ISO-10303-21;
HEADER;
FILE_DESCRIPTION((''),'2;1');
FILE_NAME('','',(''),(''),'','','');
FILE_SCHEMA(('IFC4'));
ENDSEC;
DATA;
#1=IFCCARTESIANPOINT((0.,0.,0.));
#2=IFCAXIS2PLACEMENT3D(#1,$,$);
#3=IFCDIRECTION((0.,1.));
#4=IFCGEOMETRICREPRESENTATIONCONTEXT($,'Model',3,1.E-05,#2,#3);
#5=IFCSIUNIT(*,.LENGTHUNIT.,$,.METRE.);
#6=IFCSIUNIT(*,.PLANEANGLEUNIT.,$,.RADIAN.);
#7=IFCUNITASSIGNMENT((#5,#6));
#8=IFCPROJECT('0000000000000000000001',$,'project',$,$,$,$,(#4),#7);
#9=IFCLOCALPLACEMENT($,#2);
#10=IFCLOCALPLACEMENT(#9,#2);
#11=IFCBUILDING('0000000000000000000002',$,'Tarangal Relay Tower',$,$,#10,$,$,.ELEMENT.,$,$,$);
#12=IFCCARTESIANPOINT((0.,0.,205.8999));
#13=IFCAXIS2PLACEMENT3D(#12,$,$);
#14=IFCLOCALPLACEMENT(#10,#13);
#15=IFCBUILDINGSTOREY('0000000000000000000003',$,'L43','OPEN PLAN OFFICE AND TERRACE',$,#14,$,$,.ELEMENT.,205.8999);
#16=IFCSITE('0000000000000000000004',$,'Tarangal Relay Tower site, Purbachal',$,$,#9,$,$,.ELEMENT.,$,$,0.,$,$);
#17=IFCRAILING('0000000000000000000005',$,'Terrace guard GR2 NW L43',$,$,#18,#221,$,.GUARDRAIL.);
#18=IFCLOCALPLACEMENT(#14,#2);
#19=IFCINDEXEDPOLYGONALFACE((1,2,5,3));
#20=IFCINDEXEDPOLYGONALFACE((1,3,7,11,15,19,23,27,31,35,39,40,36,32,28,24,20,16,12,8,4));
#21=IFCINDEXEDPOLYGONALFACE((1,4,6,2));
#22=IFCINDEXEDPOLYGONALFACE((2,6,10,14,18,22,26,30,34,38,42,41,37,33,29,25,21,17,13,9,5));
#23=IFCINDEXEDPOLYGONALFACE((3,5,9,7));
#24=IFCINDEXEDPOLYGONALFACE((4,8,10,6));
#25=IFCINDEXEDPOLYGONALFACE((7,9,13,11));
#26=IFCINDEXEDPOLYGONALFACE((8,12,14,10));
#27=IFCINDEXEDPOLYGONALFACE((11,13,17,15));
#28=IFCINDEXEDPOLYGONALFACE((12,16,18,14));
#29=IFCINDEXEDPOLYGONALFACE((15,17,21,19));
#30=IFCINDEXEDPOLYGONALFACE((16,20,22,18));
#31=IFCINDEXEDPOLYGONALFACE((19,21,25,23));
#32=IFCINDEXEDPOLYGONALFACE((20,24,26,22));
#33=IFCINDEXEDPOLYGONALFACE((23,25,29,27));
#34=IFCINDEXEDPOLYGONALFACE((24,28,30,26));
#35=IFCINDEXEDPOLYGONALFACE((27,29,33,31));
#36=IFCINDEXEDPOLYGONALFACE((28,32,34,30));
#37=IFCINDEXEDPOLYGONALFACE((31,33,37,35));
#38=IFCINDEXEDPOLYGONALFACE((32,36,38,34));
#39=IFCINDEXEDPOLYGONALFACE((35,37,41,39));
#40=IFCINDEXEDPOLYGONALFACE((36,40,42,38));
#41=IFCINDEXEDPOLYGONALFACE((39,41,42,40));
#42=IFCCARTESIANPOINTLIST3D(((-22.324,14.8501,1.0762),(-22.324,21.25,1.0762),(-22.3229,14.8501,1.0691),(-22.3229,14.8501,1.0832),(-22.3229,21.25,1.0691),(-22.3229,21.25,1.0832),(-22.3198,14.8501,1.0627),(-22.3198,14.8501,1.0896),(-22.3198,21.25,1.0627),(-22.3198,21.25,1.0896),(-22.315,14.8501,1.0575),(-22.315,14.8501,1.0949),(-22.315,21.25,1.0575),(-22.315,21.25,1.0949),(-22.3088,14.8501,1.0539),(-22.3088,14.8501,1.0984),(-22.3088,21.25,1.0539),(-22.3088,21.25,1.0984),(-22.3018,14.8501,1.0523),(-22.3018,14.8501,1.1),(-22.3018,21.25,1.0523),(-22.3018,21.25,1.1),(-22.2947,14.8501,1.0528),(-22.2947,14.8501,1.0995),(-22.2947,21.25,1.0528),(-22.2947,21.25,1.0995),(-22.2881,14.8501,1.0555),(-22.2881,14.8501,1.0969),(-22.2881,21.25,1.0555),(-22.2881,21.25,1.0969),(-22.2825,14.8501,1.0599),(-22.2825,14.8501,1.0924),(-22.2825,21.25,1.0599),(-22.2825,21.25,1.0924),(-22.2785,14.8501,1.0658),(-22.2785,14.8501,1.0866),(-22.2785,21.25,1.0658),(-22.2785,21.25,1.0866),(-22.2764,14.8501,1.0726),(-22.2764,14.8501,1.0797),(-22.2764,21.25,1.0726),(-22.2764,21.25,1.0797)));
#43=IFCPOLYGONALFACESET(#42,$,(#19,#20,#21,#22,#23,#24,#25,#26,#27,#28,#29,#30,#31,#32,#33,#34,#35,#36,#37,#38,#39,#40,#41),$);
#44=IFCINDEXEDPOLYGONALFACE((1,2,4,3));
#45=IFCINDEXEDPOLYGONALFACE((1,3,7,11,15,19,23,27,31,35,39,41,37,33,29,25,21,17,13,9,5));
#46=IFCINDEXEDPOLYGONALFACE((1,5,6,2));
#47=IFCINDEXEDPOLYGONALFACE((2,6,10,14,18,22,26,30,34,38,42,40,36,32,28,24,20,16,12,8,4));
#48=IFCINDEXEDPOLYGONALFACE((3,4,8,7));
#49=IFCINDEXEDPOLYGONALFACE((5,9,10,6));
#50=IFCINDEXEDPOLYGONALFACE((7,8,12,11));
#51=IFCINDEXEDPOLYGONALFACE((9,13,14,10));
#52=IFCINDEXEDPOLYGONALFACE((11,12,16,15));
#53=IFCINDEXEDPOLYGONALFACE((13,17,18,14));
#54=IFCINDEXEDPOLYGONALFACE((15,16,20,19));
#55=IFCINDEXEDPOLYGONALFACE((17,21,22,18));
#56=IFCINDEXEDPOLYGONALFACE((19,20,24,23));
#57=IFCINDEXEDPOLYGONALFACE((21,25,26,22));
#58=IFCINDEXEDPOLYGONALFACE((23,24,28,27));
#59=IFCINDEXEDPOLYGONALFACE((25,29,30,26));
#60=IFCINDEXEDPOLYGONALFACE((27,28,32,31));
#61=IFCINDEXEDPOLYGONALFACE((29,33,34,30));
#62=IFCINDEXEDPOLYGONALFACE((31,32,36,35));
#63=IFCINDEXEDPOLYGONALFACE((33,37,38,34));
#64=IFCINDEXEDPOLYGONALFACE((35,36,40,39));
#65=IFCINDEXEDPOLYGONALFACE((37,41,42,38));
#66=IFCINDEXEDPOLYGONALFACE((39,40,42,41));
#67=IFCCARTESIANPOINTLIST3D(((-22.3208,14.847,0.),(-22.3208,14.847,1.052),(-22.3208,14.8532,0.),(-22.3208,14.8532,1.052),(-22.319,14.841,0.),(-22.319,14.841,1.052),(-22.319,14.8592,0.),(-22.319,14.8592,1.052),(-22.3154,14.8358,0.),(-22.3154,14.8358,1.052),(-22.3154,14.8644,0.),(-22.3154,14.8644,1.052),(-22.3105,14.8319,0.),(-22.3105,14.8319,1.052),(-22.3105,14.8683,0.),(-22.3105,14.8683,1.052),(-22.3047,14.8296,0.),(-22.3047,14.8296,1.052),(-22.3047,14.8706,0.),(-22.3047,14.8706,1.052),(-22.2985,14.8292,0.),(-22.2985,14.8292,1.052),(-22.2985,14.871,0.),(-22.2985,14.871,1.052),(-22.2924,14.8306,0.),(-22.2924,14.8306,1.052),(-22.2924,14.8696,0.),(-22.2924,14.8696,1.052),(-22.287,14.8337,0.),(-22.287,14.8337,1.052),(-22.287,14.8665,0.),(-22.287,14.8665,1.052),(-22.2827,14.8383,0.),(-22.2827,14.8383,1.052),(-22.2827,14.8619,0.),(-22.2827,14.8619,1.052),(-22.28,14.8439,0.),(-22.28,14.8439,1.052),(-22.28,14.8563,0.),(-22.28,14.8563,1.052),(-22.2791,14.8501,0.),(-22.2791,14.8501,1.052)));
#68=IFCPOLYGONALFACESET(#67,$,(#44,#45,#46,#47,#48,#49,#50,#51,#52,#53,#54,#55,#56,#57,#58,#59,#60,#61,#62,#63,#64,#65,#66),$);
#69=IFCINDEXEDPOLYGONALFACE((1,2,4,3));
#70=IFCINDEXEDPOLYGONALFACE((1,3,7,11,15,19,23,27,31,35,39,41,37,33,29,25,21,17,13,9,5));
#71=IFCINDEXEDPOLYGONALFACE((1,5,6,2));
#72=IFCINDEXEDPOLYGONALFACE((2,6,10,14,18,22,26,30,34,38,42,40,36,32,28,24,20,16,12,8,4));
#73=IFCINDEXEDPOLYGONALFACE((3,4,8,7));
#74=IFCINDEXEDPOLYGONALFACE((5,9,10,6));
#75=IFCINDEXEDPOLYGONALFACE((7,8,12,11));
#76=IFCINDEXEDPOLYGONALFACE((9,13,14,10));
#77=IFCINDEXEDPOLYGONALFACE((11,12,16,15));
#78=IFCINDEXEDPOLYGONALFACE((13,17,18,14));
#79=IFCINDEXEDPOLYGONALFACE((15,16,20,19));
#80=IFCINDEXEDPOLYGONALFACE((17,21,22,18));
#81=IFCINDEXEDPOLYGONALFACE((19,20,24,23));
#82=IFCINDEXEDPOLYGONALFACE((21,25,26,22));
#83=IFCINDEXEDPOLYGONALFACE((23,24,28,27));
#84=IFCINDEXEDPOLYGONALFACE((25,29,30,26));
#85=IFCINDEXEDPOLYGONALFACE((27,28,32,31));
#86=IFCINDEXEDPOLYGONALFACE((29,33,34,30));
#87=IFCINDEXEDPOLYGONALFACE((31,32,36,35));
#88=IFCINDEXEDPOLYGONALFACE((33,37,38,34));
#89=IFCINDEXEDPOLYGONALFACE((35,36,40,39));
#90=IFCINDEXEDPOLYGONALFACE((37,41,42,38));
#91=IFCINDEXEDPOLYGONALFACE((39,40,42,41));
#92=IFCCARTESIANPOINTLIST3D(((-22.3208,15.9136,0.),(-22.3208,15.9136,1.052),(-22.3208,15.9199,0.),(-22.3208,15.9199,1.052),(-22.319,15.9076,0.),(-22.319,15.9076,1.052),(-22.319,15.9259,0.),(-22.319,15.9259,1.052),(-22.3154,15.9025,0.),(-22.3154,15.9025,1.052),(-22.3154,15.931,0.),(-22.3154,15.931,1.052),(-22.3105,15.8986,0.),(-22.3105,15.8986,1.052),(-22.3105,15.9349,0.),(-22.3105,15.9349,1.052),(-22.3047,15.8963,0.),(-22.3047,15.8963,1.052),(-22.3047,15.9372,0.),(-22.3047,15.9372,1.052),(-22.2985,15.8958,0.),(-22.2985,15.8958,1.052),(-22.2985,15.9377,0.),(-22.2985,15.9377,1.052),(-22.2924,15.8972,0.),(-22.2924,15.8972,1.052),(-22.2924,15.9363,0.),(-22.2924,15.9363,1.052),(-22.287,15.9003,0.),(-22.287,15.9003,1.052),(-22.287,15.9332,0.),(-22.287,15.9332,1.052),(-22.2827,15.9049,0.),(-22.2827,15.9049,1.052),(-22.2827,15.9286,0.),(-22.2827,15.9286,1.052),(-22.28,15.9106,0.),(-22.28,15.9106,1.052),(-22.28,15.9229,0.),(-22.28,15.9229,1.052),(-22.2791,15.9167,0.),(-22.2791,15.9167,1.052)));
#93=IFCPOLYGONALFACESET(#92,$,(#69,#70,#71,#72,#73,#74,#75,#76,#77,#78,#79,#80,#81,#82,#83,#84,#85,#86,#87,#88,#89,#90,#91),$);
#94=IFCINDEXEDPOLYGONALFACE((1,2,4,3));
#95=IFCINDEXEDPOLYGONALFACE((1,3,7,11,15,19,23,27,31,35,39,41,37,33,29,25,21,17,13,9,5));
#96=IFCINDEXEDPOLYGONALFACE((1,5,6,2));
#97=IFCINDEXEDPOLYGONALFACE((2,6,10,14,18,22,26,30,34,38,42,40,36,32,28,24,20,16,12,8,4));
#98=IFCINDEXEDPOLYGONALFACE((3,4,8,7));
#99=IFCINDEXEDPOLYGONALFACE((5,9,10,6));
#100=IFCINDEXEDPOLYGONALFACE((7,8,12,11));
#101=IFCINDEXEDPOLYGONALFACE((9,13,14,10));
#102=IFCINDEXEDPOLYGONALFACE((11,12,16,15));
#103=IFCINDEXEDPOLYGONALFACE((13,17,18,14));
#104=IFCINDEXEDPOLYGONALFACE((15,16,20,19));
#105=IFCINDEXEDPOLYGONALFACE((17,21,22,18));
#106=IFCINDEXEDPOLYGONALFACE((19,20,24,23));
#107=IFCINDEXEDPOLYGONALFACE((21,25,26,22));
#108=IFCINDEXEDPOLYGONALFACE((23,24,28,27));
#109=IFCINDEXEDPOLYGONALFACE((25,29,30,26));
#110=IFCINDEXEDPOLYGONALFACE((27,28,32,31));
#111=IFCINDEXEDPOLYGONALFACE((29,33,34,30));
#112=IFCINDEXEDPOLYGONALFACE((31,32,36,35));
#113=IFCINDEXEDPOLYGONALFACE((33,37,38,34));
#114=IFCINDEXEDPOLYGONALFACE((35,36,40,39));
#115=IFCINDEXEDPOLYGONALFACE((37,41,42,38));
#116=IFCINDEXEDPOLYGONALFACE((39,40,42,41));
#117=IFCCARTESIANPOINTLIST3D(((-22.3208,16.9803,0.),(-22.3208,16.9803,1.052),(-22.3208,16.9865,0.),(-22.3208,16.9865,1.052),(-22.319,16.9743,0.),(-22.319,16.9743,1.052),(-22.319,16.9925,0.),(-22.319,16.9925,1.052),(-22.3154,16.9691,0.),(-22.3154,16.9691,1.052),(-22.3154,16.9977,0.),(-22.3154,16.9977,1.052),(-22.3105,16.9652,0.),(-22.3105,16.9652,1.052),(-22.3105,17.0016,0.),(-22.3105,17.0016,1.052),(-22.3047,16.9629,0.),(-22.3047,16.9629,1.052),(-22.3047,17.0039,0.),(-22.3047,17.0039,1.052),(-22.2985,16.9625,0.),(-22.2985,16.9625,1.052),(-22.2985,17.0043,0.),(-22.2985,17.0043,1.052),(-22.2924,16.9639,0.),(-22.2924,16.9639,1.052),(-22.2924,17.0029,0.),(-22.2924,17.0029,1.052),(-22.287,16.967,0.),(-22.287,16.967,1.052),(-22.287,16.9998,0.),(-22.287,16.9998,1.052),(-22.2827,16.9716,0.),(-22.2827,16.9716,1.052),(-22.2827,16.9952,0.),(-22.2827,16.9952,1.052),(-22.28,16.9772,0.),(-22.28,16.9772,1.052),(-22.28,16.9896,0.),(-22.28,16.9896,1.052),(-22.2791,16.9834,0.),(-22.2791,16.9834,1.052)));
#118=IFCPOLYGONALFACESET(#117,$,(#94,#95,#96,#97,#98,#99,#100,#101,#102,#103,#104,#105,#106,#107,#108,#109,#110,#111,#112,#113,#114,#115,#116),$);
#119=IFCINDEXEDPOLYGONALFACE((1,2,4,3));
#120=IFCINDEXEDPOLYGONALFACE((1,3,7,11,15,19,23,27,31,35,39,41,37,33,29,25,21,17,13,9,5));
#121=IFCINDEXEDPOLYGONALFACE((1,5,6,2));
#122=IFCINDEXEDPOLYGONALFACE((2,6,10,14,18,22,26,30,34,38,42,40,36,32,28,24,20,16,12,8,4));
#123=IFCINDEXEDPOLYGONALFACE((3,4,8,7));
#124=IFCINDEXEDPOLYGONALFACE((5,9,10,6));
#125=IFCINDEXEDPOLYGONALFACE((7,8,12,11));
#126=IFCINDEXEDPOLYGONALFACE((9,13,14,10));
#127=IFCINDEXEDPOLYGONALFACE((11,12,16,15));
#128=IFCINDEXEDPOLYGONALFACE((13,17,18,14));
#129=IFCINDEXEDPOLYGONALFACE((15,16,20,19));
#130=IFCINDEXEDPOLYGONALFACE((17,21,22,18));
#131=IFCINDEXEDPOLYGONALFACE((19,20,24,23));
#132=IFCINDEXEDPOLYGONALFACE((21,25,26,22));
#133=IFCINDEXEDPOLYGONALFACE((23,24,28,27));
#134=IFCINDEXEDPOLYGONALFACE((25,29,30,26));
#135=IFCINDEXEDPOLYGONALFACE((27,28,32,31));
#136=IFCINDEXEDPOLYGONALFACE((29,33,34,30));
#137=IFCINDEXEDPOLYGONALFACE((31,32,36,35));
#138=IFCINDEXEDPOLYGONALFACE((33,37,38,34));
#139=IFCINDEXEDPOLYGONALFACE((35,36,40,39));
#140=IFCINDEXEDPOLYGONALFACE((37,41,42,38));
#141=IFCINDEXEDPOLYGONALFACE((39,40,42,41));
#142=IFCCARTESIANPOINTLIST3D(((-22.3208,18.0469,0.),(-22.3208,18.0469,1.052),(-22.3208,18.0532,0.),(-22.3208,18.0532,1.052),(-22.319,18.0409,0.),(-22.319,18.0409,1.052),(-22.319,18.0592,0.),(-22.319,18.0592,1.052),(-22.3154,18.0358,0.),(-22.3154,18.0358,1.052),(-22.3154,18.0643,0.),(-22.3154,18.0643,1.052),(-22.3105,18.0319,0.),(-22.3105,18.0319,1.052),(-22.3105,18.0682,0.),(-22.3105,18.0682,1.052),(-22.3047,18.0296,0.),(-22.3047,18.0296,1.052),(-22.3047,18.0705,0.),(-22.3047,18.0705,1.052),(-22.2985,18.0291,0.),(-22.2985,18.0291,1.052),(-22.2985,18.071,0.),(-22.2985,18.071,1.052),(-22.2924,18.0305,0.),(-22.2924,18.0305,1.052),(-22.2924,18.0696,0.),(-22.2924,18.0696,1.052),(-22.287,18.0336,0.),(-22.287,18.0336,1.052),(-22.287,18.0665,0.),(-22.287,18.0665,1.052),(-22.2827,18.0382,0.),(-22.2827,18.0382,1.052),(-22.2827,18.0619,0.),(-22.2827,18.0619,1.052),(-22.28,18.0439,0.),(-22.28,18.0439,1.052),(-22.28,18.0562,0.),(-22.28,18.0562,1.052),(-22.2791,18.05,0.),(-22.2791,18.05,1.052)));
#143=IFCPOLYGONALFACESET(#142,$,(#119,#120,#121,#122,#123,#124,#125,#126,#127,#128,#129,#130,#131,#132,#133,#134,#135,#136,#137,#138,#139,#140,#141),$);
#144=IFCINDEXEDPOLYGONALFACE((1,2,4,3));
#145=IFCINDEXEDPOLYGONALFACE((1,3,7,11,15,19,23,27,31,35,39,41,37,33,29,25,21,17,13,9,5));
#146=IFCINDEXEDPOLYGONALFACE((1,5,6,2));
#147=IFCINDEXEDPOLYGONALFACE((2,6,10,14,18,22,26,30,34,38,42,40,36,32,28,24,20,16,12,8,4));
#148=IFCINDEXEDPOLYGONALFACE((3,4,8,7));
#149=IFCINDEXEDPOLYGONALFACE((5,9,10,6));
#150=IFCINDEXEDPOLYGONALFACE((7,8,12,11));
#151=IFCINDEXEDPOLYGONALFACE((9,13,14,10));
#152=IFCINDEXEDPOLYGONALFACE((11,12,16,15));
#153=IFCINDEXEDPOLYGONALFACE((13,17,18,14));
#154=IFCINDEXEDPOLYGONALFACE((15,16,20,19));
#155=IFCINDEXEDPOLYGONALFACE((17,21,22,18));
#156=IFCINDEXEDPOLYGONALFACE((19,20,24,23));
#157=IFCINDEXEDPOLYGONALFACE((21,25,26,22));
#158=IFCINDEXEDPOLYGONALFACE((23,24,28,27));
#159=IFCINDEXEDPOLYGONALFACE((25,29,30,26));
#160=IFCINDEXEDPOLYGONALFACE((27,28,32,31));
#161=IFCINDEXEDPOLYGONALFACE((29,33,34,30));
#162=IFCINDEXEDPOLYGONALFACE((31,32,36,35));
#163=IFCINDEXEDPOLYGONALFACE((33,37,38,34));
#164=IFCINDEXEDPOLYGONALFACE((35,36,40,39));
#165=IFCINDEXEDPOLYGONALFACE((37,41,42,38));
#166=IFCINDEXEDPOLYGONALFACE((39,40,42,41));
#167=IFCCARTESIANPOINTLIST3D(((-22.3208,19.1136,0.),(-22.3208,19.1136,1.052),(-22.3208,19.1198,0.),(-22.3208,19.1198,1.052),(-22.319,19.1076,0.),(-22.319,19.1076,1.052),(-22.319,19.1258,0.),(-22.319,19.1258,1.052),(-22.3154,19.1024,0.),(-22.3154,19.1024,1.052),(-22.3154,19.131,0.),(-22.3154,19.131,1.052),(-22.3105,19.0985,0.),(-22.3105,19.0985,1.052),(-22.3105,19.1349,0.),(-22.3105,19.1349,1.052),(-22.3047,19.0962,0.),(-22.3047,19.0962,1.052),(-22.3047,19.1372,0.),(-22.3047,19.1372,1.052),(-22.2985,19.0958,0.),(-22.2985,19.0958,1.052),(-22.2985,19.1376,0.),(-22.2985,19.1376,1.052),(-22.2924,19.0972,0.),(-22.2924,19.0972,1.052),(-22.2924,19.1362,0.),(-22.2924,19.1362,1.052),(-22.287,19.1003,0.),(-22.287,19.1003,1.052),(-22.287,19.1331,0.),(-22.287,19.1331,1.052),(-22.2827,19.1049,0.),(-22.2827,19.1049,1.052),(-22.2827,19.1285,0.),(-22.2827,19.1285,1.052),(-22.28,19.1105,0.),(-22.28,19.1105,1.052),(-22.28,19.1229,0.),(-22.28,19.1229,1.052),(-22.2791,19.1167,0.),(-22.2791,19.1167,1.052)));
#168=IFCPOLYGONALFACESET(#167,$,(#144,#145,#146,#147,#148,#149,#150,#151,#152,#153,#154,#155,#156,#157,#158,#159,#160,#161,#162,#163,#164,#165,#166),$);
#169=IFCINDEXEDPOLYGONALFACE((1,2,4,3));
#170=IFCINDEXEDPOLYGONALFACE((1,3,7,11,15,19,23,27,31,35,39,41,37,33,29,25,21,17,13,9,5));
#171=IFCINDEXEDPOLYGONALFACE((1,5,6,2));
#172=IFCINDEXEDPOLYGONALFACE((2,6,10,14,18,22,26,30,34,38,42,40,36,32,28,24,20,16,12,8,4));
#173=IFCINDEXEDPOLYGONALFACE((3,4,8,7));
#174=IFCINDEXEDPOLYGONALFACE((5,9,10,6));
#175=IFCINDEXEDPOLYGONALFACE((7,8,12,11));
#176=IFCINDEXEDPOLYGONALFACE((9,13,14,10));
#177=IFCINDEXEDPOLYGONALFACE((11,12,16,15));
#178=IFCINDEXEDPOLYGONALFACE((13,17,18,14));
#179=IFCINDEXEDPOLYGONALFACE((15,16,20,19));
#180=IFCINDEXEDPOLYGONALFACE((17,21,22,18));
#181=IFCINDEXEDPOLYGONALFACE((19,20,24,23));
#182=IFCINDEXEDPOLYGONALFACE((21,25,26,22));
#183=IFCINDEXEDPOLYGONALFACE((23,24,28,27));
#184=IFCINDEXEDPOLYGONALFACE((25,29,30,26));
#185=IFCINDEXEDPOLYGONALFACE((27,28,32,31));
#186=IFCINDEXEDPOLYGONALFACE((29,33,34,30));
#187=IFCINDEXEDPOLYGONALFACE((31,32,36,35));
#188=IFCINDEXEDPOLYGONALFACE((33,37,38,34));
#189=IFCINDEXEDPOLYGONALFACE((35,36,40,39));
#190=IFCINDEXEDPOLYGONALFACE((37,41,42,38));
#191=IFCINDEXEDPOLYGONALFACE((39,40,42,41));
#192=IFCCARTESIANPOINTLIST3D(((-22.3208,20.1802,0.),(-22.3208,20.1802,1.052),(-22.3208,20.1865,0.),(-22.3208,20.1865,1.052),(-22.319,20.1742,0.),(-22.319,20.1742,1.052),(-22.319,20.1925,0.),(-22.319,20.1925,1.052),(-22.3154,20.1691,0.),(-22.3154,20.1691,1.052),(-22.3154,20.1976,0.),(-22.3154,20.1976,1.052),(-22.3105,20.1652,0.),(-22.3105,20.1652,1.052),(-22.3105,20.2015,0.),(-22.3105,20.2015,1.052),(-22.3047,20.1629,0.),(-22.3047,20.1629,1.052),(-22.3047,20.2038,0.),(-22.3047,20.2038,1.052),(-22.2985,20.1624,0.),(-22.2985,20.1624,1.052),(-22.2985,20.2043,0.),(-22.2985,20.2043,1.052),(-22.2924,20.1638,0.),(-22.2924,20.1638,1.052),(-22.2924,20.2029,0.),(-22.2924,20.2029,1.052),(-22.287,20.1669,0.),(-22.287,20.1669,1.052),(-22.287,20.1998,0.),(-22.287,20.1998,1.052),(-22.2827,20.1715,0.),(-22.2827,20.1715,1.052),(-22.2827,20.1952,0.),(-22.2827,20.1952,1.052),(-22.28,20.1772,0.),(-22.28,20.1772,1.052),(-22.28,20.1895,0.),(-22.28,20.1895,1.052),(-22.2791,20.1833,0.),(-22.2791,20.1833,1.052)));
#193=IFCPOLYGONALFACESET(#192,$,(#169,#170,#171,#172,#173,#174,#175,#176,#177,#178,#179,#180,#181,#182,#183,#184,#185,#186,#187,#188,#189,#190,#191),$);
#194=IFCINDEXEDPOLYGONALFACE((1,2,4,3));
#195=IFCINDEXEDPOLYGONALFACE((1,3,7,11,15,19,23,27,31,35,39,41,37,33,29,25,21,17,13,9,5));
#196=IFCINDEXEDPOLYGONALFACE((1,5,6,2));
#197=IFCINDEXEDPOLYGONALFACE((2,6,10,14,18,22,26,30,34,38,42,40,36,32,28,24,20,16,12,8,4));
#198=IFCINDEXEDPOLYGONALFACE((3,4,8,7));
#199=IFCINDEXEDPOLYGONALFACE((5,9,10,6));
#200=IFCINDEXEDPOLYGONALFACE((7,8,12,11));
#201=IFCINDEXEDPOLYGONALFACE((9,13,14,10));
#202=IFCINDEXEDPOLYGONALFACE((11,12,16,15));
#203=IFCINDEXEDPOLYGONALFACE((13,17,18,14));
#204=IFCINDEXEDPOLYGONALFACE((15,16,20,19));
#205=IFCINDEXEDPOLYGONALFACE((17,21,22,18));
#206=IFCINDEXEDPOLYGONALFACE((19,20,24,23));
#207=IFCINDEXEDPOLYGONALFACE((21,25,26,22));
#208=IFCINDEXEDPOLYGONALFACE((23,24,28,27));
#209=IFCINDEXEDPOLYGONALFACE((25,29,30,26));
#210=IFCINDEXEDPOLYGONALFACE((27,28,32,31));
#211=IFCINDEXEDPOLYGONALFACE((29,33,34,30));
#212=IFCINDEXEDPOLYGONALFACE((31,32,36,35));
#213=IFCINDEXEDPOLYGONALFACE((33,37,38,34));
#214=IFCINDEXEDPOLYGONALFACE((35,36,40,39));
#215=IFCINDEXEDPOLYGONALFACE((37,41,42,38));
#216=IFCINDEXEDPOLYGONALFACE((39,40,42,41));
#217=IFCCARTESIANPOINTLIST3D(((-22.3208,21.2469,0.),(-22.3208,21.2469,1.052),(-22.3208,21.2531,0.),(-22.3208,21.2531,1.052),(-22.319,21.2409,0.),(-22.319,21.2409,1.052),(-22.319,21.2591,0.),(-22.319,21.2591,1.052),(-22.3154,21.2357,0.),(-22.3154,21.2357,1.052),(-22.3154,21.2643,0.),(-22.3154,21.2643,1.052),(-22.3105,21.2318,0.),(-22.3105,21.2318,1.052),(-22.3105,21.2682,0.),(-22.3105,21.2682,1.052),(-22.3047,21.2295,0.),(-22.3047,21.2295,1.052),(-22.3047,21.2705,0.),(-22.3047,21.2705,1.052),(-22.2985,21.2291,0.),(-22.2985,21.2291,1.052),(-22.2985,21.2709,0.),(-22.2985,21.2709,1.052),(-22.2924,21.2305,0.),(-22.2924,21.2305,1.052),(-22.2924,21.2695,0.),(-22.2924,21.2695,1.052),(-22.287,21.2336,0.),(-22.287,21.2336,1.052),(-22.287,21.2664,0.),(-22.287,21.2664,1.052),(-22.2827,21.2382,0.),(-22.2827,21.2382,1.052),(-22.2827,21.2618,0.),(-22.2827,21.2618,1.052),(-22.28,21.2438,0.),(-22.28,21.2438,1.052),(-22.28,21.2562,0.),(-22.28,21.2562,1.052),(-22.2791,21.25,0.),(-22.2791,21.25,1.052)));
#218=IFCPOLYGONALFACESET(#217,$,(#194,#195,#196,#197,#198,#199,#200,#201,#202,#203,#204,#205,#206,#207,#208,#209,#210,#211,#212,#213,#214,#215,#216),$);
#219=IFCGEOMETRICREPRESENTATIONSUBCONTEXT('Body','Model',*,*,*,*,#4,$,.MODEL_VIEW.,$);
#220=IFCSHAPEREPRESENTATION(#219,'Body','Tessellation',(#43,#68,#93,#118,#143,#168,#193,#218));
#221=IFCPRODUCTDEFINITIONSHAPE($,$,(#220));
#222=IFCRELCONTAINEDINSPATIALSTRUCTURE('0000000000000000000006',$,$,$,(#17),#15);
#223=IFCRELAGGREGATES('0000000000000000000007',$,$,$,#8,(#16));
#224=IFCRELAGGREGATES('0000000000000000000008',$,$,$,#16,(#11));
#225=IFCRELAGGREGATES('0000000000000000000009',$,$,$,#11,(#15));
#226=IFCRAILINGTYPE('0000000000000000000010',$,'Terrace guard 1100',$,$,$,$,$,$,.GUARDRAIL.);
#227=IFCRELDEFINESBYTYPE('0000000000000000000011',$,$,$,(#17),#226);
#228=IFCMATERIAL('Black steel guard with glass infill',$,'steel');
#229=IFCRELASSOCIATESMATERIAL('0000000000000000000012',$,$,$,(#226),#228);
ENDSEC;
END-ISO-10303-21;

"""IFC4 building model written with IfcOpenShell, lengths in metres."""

from ifc_helpers import new_model, si_unit, direction, frame, origin, origin_2d, place, context, subcontext, project, spatial, circle, extrude, material, type_object, element, save


model = new_model("IFC4")

# Units and contexts
model_context = context("Model", 3, precision=1e-05, world=origin(), true_north=direction((0.0, 1.0)))
body_context = subcontext(model_context, "Body", "Model", "MODEL_VIEW")
ifc_project = project(units=[si_unit("LENGTHUNIT", "METRE"), si_unit("PLANEANGLEUNIT", "RADIAN")], contexts=[model_context])

# Site, building, storey
site_placement = place(None, origin())
site = spatial("IfcSite", under=ifc_project, at=site_placement, Name="Tarangal Relay Tower site, Purbachal", CompositionType="ELEMENT", RefElevation=0.0)
building_placement = place(site_placement, origin())
building = spatial("IfcBuilding", under=site, at=building_placement, Name="Tarangal Relay Tower", CompositionType="ELEMENT")
storey_placement = place(building_placement, frame((0.0, 0.0, 205.8999)))
storey = spatial("IfcBuildingStorey", under=building, at=storey_placement, Name="L43", Description="OPEN PLAN OFFICE AND TERRACE", CompositionType="ELEMENT", Elevation=205.8999)

# Railing
ifc_material_1 = material(Name="Black steel guard with glass infill", Category="steel")
railing_type = type_object("IfcRailingType", Name="Terrace guard 1100", PredefinedType="GUARDRAIL", material=ifc_material_1)
railing_1_placement = place(storey_placement, frame((-22.3, 14.8501, 0.0)))
element("IfcRailing", 1, at=railing_1_placement, inside=storey, type_object=railing_type, Name="Terrace guard GR2 NW L43", PredefinedType="GUARDRAIL", context=body_context, shape_type="SweptSolid", body=[
    extrude(circle(Radius=0.0239, at=origin_2d()), frame((0.0, 0.0, 1.0762), z_axis=(0.0, 1.0, 0.0), x_axis=(-1.0, 0.0, 0.0)), (0.0, 0.0, 1.0), 6.3999),
    extrude(circle(Radius=0.021, at=origin_2d()), origin(), (0.0, 0.0, 1.0), 1.052),
    extrude(circle(Radius=0.021, at=origin_2d()), frame((0.0, 1.0667, 0.0)), (0.0, 0.0, 1.0), 1.052),
    extrude(circle(Radius=0.021, at=origin_2d()), frame((0.0, 2.1333, 0.0)), (0.0, 0.0, 1.0), 1.052),
    extrude(circle(Radius=0.021, at=origin_2d()), frame((0.0, 3.2, 0.0)), (0.0, 0.0, 1.0), 1.052),
    extrude(circle(Radius=0.021, at=origin_2d()), frame((0.0, 4.2666, 0.0)), (0.0, 0.0, 1.0), 1.052),
    extrude(circle(Radius=0.021, at=origin_2d()), frame((0.0, 5.3333, 0.0)), (0.0, 0.0, 1.0), 1.052),
    extrude(circle(Radius=0.021, at=origin_2d()), frame((0.0, 6.3999, 0.0)), (0.0, 0.0, 1.0), 1.052),
])

save(model, "model.ifc")
